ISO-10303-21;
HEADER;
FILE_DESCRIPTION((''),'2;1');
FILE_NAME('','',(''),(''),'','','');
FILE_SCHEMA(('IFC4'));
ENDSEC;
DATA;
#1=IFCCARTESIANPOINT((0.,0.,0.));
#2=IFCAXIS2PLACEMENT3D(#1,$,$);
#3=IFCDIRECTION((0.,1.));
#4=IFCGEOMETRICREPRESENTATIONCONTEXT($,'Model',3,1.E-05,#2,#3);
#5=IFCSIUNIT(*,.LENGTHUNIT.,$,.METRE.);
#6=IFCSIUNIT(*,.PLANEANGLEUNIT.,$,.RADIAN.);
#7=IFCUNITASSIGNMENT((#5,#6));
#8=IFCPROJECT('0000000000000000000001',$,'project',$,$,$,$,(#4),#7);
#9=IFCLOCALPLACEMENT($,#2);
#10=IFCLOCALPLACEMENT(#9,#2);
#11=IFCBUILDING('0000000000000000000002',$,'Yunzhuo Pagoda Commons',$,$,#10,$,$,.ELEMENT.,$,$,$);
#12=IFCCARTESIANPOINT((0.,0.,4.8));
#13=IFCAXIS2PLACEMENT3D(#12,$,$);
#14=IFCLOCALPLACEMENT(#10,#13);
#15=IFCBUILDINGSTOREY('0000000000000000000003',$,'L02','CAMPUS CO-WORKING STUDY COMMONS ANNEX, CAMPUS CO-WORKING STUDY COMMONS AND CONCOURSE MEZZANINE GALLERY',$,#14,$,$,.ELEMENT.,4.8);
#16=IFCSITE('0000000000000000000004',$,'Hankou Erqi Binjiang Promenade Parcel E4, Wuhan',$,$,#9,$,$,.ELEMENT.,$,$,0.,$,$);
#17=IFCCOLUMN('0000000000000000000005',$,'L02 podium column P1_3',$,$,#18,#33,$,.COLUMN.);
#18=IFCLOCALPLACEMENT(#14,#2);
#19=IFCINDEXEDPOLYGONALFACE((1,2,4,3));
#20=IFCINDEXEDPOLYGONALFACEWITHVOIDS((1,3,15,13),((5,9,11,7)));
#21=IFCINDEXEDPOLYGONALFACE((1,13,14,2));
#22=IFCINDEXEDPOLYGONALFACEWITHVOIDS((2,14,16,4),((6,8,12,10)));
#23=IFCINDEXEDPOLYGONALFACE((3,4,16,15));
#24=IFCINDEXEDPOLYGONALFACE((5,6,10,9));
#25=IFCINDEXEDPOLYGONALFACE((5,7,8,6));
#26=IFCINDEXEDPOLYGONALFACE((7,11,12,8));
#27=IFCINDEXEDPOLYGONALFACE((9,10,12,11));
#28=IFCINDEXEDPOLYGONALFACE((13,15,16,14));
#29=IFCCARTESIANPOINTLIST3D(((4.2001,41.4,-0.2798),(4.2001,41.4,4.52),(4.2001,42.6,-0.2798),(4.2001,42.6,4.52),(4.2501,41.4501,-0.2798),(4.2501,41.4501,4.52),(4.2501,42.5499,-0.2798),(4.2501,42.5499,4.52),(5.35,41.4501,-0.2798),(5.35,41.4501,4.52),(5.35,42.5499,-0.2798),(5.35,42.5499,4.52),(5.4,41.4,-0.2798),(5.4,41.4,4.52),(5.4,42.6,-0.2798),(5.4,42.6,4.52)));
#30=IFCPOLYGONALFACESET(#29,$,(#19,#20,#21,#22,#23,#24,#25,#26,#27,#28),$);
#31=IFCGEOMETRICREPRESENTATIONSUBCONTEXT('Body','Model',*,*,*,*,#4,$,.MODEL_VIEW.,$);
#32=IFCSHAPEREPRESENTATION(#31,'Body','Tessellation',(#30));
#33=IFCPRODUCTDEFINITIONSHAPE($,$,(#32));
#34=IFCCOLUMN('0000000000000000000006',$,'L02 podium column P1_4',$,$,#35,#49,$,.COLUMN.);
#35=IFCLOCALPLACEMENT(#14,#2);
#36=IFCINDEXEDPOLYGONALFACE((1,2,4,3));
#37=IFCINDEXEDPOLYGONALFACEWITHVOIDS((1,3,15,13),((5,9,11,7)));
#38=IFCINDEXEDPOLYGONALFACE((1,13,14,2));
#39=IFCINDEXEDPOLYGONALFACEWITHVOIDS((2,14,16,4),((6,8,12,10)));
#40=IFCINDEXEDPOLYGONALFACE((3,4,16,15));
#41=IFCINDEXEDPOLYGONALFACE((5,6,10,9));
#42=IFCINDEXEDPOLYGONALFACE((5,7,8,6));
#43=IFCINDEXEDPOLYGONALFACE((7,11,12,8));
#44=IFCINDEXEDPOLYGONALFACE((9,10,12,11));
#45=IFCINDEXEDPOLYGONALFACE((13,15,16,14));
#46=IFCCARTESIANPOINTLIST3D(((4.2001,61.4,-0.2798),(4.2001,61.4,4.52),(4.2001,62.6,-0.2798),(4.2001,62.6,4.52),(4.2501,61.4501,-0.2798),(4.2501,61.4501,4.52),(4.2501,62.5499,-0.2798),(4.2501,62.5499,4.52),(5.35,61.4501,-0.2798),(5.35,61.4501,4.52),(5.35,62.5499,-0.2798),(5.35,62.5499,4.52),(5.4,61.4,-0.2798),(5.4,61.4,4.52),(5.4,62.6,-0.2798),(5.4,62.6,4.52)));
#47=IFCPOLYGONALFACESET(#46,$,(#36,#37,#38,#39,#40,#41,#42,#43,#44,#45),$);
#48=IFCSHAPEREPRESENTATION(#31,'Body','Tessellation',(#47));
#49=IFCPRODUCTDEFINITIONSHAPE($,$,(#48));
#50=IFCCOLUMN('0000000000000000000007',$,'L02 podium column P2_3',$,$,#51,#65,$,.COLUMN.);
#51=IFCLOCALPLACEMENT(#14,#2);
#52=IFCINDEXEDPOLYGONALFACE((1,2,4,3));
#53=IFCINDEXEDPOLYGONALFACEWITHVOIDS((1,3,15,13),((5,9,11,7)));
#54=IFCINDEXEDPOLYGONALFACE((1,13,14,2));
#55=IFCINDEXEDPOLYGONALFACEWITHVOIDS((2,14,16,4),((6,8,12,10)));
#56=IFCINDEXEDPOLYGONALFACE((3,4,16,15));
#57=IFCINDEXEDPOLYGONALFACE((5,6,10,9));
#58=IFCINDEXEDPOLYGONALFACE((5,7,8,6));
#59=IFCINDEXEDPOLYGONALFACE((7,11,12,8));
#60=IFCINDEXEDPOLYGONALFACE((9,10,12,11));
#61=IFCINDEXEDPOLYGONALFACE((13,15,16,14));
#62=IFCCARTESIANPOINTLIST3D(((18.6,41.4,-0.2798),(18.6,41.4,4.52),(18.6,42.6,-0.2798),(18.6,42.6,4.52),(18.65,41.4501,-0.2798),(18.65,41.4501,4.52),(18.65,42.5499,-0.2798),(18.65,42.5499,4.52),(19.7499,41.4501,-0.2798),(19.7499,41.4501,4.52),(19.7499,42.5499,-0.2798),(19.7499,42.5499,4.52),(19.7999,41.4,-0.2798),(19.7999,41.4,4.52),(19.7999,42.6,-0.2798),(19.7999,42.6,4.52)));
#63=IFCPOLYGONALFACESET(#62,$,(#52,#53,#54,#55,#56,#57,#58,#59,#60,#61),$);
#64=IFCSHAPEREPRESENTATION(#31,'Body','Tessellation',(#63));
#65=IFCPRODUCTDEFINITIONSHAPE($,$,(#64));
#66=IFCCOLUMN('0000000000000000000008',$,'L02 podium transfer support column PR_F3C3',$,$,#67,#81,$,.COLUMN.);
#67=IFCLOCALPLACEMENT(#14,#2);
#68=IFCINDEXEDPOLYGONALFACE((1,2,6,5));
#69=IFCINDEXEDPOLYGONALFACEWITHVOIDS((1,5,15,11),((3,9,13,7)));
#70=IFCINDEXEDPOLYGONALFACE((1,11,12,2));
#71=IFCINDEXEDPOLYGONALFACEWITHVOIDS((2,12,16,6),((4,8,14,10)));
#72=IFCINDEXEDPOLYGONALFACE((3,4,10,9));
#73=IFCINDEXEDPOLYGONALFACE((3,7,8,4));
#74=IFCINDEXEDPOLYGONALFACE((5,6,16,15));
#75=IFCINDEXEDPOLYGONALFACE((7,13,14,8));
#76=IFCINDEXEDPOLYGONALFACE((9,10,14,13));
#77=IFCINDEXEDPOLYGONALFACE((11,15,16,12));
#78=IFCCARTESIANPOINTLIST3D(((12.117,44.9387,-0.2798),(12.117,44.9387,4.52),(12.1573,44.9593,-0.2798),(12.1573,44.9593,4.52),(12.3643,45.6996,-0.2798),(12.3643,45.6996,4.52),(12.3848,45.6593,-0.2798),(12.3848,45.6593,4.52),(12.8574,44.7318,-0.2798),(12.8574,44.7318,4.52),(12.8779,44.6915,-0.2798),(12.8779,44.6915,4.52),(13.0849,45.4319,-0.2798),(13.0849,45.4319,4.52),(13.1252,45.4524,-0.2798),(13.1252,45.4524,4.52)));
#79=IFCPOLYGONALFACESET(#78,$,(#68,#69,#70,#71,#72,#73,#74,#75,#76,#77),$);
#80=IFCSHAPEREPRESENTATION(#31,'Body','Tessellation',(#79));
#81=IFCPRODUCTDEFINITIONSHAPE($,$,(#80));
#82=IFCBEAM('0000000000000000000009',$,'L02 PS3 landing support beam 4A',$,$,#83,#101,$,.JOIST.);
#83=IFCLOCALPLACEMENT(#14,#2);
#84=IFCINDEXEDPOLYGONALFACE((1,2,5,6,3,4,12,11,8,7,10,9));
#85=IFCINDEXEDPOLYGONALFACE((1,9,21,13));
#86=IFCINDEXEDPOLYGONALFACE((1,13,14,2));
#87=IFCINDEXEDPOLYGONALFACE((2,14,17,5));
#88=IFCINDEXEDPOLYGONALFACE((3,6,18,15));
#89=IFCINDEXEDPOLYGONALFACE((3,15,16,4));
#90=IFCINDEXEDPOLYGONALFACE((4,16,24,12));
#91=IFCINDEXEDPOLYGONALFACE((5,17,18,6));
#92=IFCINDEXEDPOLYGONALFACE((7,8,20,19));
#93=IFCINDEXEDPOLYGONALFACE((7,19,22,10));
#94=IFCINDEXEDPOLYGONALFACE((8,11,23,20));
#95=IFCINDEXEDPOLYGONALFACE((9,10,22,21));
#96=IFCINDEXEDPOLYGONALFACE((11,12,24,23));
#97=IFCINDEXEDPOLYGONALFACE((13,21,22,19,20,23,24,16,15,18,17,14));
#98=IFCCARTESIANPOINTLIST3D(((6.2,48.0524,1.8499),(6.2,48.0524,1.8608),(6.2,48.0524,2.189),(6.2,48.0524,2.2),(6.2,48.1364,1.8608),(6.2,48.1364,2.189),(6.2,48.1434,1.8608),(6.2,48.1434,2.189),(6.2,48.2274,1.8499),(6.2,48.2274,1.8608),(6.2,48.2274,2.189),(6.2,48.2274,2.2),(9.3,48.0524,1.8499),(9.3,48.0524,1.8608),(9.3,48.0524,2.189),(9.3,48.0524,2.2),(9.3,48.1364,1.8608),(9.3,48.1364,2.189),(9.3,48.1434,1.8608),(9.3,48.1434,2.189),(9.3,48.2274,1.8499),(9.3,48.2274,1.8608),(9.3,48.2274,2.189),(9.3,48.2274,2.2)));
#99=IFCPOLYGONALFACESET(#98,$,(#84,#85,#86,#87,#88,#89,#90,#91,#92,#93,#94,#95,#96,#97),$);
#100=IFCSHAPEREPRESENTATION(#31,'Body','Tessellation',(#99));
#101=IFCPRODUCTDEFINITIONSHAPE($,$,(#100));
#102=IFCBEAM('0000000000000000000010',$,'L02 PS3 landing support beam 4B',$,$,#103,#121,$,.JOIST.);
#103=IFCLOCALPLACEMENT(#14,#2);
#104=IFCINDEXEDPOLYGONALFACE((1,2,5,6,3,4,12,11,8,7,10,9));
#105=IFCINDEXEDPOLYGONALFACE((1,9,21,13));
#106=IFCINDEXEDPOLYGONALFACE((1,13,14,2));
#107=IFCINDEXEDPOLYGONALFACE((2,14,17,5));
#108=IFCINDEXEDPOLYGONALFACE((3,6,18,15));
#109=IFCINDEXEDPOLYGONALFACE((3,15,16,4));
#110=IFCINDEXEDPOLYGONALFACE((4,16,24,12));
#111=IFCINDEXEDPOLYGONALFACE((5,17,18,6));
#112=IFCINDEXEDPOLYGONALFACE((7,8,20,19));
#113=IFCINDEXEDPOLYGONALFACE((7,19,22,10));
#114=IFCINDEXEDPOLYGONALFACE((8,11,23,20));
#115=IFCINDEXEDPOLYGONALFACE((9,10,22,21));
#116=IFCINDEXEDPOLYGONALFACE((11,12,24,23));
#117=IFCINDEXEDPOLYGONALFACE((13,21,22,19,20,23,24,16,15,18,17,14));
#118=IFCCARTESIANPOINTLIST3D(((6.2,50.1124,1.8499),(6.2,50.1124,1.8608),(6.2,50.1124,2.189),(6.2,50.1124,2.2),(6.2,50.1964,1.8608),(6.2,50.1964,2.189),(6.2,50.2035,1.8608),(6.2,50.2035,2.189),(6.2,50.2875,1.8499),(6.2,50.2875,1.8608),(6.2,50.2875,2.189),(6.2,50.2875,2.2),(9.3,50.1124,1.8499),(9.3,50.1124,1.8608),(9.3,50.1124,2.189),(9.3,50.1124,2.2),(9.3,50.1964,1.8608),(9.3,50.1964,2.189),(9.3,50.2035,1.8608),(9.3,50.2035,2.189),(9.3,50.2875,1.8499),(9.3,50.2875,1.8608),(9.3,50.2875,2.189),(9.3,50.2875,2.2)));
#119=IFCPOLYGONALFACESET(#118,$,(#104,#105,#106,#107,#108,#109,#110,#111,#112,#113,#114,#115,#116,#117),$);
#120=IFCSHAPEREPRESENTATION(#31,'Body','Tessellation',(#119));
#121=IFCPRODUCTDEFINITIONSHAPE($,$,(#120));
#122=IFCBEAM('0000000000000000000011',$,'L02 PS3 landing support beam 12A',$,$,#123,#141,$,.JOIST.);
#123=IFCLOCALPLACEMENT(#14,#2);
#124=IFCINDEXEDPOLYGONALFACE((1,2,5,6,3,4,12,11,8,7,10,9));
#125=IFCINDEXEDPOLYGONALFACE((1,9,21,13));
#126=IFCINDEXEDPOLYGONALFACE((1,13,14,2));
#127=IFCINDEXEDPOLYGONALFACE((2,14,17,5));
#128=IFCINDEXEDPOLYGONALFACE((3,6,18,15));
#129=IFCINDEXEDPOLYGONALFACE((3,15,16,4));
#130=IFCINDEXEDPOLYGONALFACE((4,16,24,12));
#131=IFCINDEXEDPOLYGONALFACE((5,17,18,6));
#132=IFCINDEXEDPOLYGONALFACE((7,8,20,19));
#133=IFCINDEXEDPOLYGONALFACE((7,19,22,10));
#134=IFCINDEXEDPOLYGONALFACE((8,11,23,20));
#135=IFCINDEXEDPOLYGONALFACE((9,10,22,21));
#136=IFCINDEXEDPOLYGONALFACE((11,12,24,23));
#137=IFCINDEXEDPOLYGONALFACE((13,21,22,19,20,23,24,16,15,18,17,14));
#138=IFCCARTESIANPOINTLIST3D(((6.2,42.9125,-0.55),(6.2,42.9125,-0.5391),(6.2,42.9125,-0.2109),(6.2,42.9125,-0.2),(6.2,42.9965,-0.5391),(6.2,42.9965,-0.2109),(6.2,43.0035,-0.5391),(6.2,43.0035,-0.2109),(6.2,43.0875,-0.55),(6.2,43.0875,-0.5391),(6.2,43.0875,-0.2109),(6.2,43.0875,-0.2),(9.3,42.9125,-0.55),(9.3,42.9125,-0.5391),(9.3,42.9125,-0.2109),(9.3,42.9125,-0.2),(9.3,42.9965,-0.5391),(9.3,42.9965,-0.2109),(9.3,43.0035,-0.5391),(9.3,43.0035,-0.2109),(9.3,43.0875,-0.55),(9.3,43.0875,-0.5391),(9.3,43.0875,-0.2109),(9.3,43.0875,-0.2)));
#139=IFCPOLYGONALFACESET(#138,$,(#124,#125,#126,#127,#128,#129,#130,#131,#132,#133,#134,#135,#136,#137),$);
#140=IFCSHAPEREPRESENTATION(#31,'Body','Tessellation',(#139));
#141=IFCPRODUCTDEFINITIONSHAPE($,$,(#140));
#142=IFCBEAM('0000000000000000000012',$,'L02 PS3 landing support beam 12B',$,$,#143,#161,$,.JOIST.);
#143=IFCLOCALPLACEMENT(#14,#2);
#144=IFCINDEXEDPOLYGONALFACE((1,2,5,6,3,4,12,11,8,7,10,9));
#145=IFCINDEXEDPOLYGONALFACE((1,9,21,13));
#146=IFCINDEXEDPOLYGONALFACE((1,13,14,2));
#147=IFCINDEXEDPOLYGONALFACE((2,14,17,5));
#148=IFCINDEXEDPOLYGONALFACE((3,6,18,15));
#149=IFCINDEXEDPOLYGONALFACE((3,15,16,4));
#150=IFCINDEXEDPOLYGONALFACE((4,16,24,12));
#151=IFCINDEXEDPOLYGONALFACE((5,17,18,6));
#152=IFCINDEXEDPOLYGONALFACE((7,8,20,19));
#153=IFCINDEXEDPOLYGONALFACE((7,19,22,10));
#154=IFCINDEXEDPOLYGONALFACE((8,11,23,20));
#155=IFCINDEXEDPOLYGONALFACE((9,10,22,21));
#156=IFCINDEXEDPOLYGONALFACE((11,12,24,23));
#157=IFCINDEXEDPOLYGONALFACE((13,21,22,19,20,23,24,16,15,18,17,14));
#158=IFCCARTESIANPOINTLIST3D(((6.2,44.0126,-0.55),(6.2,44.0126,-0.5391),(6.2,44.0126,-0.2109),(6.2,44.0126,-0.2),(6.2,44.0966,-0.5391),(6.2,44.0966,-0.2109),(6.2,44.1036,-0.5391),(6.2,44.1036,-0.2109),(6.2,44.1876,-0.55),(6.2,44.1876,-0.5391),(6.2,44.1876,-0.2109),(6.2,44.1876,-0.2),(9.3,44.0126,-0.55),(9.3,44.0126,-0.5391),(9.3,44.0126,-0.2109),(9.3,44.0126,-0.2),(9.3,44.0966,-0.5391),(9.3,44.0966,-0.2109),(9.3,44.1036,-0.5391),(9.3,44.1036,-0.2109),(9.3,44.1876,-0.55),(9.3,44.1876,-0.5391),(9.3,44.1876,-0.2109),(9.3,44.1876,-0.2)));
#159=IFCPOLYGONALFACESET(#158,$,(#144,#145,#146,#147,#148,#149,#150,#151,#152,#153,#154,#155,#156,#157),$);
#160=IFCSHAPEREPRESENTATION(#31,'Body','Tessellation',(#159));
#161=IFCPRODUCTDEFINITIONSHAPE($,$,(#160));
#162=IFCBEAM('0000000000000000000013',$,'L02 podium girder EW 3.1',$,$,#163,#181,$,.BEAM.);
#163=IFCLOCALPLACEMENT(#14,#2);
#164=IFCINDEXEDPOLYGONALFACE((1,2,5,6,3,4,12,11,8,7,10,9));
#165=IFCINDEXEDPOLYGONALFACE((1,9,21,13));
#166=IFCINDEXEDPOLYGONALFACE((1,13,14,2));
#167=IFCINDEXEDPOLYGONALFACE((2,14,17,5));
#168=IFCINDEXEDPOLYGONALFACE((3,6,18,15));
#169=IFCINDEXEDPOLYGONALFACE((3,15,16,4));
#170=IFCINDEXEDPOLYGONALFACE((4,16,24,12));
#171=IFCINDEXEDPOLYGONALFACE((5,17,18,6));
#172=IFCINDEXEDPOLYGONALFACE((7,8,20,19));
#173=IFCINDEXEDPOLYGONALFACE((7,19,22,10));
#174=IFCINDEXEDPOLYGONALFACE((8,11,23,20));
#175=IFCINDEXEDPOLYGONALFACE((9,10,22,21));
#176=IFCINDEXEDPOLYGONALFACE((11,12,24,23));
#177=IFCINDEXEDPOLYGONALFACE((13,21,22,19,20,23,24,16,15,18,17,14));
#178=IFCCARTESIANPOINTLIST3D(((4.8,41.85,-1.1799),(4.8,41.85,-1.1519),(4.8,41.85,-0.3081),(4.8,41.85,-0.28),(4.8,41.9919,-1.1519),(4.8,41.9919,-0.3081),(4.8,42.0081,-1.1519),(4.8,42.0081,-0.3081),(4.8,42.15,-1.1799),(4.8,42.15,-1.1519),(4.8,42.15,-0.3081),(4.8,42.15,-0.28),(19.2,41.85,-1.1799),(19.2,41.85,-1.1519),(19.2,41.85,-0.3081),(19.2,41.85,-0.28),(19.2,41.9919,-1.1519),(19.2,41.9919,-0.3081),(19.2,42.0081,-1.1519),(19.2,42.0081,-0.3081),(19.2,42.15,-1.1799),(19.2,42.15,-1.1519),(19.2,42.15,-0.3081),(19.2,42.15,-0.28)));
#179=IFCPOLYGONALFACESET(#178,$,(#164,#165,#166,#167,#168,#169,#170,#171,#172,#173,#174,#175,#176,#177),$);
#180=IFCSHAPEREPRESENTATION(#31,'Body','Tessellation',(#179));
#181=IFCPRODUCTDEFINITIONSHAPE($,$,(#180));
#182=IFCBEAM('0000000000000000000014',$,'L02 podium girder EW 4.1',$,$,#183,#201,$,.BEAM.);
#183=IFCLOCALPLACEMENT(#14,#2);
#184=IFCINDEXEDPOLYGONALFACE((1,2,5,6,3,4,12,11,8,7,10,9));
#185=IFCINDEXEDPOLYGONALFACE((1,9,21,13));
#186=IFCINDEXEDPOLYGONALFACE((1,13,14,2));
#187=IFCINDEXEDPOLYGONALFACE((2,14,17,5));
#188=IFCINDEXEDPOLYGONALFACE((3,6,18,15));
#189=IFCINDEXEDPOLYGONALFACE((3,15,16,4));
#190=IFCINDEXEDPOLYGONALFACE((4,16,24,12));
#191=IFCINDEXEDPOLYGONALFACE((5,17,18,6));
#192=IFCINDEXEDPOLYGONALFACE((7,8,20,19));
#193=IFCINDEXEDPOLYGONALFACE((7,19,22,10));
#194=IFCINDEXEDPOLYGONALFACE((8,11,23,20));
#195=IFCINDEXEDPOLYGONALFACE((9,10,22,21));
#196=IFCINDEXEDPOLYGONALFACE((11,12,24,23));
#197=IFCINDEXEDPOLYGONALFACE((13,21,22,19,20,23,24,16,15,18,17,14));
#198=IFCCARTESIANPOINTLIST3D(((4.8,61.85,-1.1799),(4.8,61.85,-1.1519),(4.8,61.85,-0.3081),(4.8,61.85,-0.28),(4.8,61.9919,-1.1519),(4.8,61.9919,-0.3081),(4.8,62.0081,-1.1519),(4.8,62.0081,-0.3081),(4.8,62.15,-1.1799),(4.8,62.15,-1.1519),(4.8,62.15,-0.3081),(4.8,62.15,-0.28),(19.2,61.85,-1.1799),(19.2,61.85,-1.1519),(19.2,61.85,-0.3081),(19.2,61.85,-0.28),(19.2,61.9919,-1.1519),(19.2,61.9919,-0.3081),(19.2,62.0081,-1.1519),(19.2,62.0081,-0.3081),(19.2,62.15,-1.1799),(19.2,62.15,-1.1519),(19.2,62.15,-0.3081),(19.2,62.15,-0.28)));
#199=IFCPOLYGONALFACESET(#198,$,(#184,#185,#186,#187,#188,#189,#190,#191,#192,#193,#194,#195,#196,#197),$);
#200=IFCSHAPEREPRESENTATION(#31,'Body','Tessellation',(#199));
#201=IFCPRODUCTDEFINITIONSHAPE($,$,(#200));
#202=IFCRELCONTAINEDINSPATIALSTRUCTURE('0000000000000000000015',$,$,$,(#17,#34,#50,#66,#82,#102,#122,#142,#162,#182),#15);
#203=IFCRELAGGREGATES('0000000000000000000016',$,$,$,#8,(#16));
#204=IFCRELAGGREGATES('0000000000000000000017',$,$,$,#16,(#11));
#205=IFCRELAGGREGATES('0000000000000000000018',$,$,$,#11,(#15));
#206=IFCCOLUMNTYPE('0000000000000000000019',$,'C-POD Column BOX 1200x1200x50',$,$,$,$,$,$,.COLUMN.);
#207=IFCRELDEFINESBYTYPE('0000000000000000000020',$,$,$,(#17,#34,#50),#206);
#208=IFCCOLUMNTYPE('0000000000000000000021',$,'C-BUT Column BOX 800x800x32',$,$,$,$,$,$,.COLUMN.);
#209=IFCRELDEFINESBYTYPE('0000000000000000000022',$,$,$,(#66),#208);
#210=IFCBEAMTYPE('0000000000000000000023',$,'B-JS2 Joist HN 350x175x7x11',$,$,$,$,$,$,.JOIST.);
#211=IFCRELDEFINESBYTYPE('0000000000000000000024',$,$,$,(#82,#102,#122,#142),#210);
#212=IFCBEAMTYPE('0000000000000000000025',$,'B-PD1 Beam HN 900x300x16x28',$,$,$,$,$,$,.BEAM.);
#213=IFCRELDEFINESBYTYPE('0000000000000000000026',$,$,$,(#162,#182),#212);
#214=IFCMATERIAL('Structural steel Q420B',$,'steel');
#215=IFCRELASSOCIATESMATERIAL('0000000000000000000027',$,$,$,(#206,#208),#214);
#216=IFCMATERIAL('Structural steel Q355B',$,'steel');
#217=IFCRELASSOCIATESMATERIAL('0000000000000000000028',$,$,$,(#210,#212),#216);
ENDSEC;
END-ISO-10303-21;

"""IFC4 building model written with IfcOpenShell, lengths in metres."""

from ifc_helpers import new_model, si_unit, direction, frame, origin, origin_2d, place, context, subcontext, project, spatial, hollow_rectangle, i_section, extrude, source, transform, mapped, material, material_profile, profile_set, type_object, element, save


model = new_model("IFC4")

# Units and contexts
model_context = context("Model", 3, precision=1e-05, world=origin(), true_north=direction((0.0, 1.0)))
body_context = subcontext(model_context, "Body", "Model", "MODEL_VIEW")
ifc_project = project(units=[si_unit("LENGTHUNIT", "METRE"), si_unit("PLANEANGLEUNIT", "RADIAN")], contexts=[model_context])

# Site, building, storey
site_placement = place(None, origin())
site = spatial("IfcSite", under=ifc_project, at=site_placement, Name="Hankou Erqi Binjiang Promenade Parcel E4, Wuhan", CompositionType="ELEMENT", RefElevation=0.0)
building_placement = place(site_placement, origin())
building = spatial("IfcBuilding", under=site, at=building_placement, Name="Yunzhuo Pagoda Commons", CompositionType="ELEMENT")
storey_placement = place(building_placement, frame((0.0, 0.0, 4.8)))
storey = spatial("IfcBuildingStorey", under=building, at=storey_placement, Name="L02", Description="CAMPUS CO-WORKING STUDY COMMONS ANNEX, CAMPUS CO-WORKING STUDY COMMONS AND CONCOURSE MEZZANINE GALLERY", CompositionType="ELEMENT", Elevation=4.8)

# Columns
ifc_material_1 = material(Name="Structural steel Q420B", Category="steel")
ifc_material_profile_1 = material_profile(ifc_material_1, hollow_rectangle(XDim=1.2, YDim=1.2, WallThickness=0.05, at=origin_2d()), Name="Structural steel Q420B")
ifc_profile_set_1 = profile_set([ifc_material_profile_1], Name="Structural steel Q420B")
column_type_1 = type_object("IfcColumnType", Name="C-POD Column BOX 1200x1200x50", PredefinedType="COLUMN", material=ifc_profile_set_1)
shared_shape_1 = source(origin(), body_context, "Body", "SweptSolid", [
    extrude(hollow_rectangle(XDim=1.2, YDim=1.2, WallThickness=0.05, at=origin_2d()), origin(), (0.0, 0.0, 1.0), 4.7998),
])
for number, where, z_axis, x_axis, name in (
    (1, (4.8, 42.0, -0.2798), (0.0, 0.0, 1.0), (1.0, 0.0, 0.0), "L02 podium column P1_3"),
    (2, (4.8, 62.0, -0.2798), (0.0, 0.0, 1.0), (1.0, 0.0, 0.0), "L02 podium column P1_4"),
    (3, (19.2, 42.0, -0.2798), (0.0, 0.0, 1.0), (1.0, 0.0, 0.0), "L02 podium column P2_3"),
):
    element("IfcColumn", number, at=place(storey_placement, frame(where, z_axis=z_axis, x_axis=x_axis)), inside=storey, type_object=column_type_1, Name=name, PredefinedType="COLUMN", context=body_context, shape_type="MappedRepresentation", body=[
        mapped(shared_shape_1, transform((0.0, 0.0, 0.0), scale=1.0)),
    ])
ifc_material_profile_2 = material_profile(ifc_material_1, hollow_rectangle(XDim=0.8, YDim=0.8, WallThickness=0.032, at=origin_2d()), Name="Structural steel Q420B")
ifc_profile_set_2 = profile_set([ifc_material_profile_2], Name="Structural steel Q420B")
column_type_2 = type_object("IfcColumnType", Name="C-BUT Column BOX 800x800x32", PredefinedType="COLUMN", material=ifc_profile_set_2)
shared_shape_2 = source(origin(), body_context, "Body", "SweptSolid", [
    extrude(hollow_rectangle(XDim=0.8, YDim=0.8, WallThickness=0.032, at=origin_2d()), origin(), (0.0, 0.0, 1.0), 4.7998),
])
column_placement = place(storey_placement, frame((12.6211, 45.1956, -0.2798), z_axis=(0.0, 0.0, 1.0), x_axis=(-0.309017, -0.951057, 0.0)))
element("IfcColumn", 4, at=column_placement, inside=storey, type_object=column_type_2, Name="L02 podium transfer support column PR_F3C3", PredefinedType="COLUMN", context=body_context, shape_type="MappedRepresentation", body=[
    mapped(shared_shape_2, transform((0.0, 0.0, 0.0), scale=1.0)),
])

# Beams
ifc_material_2 = material(Name="Structural steel Q355B", Category="steel")
ifc_material_profile_3 = material_profile(ifc_material_2, i_section(OverallWidth=0.175, OverallDepth=0.3501, WebThickness=0.0071, FlangeThickness=0.011, at=origin_2d()), Name="Structural steel Q355B")
ifc_profile_set_3 = profile_set([ifc_material_profile_3], Name="Structural steel Q355B")
beam_type_1 = type_object("IfcBeamType", Name="B-JS2 Joist HN 350x175x7x11", PredefinedType="JOIST", material=ifc_profile_set_3)
shared_shape_3 = source(origin(), body_context, "Body", "SweptSolid", [
    extrude(i_section(OverallWidth=0.175, OverallDepth=0.3501, WebThickness=0.0071, FlangeThickness=0.011, at=origin_2d()), origin(), (0.0, 0.0, 1.0), 3.1001),
])
for number, where, z_axis, x_axis, name in (
    (5, (6.2, 48.1399, 2.0249), (1.0, 0.0, 0.0), (0.0, 1.0, 0.0), "L02 PS3 landing support beam 4A"),
    (6, (6.2, 50.2, 2.0249), (1.0, 0.0, 0.0), (0.0, 1.0, 0.0), "L02 PS3 landing support beam 4B"),
    (7, (6.2, 43.0, -0.375), (1.0, 0.0, 0.0), (0.0, 1.0, 0.0), "L02 PS3 landing support beam 12A"),
    (8, (6.2, 44.1001, -0.375), (1.0, 0.0, 0.0), (0.0, 1.0, 0.0), "L02 PS3 landing support beam 12B"),
):
    element("IfcBeam", number, at=place(storey_placement, frame(where, z_axis=z_axis, x_axis=x_axis)), inside=storey, type_object=beam_type_1, Name=name, PredefinedType="JOIST", context=body_context, shape_type="MappedRepresentation", body=[
        mapped(shared_shape_3, transform((0.0, 0.0, 0.0), scale=1.0)),
    ])
ifc_material_profile_4 = material_profile(ifc_material_2, i_section(OverallWidth=0.3, OverallDepth=0.8999, WebThickness=0.0161, FlangeThickness=0.0281, at=origin_2d()), Name="Structural steel Q355B")
ifc_profile_set_4 = profile_set([ifc_material_profile_4], Name="Structural steel Q355B")
beam_type_2 = type_object("IfcBeamType", Name="B-PD1 Beam HN 900x300x16x28", PredefinedType="BEAM", material=ifc_profile_set_4)
shared_shape_4 = source(origin(), body_context, "Body", "SweptSolid", [
    extrude(i_section(OverallWidth=0.3, OverallDepth=0.8999, WebThickness=0.0161, FlangeThickness=0.0281, at=origin_2d()), origin(), (0.0, 0.0, 1.0), 14.3999),
])
for number, where, z_axis, x_axis, name in (
    (9, (4.8, 42.0, -0.73), (1.0, 0.0, 0.0), (0.0, 1.0, 0.0), "L02 podium girder EW 3.1"),
    (10, (4.8, 62.0, -0.73), (1.0, 0.0, 0.0), (0.0, 1.0, 0.0), "L02 podium girder EW 4.1"),
):
    element("IfcBeam", number, at=place(storey_placement, frame(where, z_axis=z_axis, x_axis=x_axis)), inside=storey, type_object=beam_type_2, Name=name, PredefinedType="BEAM", context=body_context, shape_type="MappedRepresentation", body=[
        mapped(shared_shape_4, transform((0.0, 0.0, 0.0), scale=1.0)),
    ])

save(model, "model.ifc")
